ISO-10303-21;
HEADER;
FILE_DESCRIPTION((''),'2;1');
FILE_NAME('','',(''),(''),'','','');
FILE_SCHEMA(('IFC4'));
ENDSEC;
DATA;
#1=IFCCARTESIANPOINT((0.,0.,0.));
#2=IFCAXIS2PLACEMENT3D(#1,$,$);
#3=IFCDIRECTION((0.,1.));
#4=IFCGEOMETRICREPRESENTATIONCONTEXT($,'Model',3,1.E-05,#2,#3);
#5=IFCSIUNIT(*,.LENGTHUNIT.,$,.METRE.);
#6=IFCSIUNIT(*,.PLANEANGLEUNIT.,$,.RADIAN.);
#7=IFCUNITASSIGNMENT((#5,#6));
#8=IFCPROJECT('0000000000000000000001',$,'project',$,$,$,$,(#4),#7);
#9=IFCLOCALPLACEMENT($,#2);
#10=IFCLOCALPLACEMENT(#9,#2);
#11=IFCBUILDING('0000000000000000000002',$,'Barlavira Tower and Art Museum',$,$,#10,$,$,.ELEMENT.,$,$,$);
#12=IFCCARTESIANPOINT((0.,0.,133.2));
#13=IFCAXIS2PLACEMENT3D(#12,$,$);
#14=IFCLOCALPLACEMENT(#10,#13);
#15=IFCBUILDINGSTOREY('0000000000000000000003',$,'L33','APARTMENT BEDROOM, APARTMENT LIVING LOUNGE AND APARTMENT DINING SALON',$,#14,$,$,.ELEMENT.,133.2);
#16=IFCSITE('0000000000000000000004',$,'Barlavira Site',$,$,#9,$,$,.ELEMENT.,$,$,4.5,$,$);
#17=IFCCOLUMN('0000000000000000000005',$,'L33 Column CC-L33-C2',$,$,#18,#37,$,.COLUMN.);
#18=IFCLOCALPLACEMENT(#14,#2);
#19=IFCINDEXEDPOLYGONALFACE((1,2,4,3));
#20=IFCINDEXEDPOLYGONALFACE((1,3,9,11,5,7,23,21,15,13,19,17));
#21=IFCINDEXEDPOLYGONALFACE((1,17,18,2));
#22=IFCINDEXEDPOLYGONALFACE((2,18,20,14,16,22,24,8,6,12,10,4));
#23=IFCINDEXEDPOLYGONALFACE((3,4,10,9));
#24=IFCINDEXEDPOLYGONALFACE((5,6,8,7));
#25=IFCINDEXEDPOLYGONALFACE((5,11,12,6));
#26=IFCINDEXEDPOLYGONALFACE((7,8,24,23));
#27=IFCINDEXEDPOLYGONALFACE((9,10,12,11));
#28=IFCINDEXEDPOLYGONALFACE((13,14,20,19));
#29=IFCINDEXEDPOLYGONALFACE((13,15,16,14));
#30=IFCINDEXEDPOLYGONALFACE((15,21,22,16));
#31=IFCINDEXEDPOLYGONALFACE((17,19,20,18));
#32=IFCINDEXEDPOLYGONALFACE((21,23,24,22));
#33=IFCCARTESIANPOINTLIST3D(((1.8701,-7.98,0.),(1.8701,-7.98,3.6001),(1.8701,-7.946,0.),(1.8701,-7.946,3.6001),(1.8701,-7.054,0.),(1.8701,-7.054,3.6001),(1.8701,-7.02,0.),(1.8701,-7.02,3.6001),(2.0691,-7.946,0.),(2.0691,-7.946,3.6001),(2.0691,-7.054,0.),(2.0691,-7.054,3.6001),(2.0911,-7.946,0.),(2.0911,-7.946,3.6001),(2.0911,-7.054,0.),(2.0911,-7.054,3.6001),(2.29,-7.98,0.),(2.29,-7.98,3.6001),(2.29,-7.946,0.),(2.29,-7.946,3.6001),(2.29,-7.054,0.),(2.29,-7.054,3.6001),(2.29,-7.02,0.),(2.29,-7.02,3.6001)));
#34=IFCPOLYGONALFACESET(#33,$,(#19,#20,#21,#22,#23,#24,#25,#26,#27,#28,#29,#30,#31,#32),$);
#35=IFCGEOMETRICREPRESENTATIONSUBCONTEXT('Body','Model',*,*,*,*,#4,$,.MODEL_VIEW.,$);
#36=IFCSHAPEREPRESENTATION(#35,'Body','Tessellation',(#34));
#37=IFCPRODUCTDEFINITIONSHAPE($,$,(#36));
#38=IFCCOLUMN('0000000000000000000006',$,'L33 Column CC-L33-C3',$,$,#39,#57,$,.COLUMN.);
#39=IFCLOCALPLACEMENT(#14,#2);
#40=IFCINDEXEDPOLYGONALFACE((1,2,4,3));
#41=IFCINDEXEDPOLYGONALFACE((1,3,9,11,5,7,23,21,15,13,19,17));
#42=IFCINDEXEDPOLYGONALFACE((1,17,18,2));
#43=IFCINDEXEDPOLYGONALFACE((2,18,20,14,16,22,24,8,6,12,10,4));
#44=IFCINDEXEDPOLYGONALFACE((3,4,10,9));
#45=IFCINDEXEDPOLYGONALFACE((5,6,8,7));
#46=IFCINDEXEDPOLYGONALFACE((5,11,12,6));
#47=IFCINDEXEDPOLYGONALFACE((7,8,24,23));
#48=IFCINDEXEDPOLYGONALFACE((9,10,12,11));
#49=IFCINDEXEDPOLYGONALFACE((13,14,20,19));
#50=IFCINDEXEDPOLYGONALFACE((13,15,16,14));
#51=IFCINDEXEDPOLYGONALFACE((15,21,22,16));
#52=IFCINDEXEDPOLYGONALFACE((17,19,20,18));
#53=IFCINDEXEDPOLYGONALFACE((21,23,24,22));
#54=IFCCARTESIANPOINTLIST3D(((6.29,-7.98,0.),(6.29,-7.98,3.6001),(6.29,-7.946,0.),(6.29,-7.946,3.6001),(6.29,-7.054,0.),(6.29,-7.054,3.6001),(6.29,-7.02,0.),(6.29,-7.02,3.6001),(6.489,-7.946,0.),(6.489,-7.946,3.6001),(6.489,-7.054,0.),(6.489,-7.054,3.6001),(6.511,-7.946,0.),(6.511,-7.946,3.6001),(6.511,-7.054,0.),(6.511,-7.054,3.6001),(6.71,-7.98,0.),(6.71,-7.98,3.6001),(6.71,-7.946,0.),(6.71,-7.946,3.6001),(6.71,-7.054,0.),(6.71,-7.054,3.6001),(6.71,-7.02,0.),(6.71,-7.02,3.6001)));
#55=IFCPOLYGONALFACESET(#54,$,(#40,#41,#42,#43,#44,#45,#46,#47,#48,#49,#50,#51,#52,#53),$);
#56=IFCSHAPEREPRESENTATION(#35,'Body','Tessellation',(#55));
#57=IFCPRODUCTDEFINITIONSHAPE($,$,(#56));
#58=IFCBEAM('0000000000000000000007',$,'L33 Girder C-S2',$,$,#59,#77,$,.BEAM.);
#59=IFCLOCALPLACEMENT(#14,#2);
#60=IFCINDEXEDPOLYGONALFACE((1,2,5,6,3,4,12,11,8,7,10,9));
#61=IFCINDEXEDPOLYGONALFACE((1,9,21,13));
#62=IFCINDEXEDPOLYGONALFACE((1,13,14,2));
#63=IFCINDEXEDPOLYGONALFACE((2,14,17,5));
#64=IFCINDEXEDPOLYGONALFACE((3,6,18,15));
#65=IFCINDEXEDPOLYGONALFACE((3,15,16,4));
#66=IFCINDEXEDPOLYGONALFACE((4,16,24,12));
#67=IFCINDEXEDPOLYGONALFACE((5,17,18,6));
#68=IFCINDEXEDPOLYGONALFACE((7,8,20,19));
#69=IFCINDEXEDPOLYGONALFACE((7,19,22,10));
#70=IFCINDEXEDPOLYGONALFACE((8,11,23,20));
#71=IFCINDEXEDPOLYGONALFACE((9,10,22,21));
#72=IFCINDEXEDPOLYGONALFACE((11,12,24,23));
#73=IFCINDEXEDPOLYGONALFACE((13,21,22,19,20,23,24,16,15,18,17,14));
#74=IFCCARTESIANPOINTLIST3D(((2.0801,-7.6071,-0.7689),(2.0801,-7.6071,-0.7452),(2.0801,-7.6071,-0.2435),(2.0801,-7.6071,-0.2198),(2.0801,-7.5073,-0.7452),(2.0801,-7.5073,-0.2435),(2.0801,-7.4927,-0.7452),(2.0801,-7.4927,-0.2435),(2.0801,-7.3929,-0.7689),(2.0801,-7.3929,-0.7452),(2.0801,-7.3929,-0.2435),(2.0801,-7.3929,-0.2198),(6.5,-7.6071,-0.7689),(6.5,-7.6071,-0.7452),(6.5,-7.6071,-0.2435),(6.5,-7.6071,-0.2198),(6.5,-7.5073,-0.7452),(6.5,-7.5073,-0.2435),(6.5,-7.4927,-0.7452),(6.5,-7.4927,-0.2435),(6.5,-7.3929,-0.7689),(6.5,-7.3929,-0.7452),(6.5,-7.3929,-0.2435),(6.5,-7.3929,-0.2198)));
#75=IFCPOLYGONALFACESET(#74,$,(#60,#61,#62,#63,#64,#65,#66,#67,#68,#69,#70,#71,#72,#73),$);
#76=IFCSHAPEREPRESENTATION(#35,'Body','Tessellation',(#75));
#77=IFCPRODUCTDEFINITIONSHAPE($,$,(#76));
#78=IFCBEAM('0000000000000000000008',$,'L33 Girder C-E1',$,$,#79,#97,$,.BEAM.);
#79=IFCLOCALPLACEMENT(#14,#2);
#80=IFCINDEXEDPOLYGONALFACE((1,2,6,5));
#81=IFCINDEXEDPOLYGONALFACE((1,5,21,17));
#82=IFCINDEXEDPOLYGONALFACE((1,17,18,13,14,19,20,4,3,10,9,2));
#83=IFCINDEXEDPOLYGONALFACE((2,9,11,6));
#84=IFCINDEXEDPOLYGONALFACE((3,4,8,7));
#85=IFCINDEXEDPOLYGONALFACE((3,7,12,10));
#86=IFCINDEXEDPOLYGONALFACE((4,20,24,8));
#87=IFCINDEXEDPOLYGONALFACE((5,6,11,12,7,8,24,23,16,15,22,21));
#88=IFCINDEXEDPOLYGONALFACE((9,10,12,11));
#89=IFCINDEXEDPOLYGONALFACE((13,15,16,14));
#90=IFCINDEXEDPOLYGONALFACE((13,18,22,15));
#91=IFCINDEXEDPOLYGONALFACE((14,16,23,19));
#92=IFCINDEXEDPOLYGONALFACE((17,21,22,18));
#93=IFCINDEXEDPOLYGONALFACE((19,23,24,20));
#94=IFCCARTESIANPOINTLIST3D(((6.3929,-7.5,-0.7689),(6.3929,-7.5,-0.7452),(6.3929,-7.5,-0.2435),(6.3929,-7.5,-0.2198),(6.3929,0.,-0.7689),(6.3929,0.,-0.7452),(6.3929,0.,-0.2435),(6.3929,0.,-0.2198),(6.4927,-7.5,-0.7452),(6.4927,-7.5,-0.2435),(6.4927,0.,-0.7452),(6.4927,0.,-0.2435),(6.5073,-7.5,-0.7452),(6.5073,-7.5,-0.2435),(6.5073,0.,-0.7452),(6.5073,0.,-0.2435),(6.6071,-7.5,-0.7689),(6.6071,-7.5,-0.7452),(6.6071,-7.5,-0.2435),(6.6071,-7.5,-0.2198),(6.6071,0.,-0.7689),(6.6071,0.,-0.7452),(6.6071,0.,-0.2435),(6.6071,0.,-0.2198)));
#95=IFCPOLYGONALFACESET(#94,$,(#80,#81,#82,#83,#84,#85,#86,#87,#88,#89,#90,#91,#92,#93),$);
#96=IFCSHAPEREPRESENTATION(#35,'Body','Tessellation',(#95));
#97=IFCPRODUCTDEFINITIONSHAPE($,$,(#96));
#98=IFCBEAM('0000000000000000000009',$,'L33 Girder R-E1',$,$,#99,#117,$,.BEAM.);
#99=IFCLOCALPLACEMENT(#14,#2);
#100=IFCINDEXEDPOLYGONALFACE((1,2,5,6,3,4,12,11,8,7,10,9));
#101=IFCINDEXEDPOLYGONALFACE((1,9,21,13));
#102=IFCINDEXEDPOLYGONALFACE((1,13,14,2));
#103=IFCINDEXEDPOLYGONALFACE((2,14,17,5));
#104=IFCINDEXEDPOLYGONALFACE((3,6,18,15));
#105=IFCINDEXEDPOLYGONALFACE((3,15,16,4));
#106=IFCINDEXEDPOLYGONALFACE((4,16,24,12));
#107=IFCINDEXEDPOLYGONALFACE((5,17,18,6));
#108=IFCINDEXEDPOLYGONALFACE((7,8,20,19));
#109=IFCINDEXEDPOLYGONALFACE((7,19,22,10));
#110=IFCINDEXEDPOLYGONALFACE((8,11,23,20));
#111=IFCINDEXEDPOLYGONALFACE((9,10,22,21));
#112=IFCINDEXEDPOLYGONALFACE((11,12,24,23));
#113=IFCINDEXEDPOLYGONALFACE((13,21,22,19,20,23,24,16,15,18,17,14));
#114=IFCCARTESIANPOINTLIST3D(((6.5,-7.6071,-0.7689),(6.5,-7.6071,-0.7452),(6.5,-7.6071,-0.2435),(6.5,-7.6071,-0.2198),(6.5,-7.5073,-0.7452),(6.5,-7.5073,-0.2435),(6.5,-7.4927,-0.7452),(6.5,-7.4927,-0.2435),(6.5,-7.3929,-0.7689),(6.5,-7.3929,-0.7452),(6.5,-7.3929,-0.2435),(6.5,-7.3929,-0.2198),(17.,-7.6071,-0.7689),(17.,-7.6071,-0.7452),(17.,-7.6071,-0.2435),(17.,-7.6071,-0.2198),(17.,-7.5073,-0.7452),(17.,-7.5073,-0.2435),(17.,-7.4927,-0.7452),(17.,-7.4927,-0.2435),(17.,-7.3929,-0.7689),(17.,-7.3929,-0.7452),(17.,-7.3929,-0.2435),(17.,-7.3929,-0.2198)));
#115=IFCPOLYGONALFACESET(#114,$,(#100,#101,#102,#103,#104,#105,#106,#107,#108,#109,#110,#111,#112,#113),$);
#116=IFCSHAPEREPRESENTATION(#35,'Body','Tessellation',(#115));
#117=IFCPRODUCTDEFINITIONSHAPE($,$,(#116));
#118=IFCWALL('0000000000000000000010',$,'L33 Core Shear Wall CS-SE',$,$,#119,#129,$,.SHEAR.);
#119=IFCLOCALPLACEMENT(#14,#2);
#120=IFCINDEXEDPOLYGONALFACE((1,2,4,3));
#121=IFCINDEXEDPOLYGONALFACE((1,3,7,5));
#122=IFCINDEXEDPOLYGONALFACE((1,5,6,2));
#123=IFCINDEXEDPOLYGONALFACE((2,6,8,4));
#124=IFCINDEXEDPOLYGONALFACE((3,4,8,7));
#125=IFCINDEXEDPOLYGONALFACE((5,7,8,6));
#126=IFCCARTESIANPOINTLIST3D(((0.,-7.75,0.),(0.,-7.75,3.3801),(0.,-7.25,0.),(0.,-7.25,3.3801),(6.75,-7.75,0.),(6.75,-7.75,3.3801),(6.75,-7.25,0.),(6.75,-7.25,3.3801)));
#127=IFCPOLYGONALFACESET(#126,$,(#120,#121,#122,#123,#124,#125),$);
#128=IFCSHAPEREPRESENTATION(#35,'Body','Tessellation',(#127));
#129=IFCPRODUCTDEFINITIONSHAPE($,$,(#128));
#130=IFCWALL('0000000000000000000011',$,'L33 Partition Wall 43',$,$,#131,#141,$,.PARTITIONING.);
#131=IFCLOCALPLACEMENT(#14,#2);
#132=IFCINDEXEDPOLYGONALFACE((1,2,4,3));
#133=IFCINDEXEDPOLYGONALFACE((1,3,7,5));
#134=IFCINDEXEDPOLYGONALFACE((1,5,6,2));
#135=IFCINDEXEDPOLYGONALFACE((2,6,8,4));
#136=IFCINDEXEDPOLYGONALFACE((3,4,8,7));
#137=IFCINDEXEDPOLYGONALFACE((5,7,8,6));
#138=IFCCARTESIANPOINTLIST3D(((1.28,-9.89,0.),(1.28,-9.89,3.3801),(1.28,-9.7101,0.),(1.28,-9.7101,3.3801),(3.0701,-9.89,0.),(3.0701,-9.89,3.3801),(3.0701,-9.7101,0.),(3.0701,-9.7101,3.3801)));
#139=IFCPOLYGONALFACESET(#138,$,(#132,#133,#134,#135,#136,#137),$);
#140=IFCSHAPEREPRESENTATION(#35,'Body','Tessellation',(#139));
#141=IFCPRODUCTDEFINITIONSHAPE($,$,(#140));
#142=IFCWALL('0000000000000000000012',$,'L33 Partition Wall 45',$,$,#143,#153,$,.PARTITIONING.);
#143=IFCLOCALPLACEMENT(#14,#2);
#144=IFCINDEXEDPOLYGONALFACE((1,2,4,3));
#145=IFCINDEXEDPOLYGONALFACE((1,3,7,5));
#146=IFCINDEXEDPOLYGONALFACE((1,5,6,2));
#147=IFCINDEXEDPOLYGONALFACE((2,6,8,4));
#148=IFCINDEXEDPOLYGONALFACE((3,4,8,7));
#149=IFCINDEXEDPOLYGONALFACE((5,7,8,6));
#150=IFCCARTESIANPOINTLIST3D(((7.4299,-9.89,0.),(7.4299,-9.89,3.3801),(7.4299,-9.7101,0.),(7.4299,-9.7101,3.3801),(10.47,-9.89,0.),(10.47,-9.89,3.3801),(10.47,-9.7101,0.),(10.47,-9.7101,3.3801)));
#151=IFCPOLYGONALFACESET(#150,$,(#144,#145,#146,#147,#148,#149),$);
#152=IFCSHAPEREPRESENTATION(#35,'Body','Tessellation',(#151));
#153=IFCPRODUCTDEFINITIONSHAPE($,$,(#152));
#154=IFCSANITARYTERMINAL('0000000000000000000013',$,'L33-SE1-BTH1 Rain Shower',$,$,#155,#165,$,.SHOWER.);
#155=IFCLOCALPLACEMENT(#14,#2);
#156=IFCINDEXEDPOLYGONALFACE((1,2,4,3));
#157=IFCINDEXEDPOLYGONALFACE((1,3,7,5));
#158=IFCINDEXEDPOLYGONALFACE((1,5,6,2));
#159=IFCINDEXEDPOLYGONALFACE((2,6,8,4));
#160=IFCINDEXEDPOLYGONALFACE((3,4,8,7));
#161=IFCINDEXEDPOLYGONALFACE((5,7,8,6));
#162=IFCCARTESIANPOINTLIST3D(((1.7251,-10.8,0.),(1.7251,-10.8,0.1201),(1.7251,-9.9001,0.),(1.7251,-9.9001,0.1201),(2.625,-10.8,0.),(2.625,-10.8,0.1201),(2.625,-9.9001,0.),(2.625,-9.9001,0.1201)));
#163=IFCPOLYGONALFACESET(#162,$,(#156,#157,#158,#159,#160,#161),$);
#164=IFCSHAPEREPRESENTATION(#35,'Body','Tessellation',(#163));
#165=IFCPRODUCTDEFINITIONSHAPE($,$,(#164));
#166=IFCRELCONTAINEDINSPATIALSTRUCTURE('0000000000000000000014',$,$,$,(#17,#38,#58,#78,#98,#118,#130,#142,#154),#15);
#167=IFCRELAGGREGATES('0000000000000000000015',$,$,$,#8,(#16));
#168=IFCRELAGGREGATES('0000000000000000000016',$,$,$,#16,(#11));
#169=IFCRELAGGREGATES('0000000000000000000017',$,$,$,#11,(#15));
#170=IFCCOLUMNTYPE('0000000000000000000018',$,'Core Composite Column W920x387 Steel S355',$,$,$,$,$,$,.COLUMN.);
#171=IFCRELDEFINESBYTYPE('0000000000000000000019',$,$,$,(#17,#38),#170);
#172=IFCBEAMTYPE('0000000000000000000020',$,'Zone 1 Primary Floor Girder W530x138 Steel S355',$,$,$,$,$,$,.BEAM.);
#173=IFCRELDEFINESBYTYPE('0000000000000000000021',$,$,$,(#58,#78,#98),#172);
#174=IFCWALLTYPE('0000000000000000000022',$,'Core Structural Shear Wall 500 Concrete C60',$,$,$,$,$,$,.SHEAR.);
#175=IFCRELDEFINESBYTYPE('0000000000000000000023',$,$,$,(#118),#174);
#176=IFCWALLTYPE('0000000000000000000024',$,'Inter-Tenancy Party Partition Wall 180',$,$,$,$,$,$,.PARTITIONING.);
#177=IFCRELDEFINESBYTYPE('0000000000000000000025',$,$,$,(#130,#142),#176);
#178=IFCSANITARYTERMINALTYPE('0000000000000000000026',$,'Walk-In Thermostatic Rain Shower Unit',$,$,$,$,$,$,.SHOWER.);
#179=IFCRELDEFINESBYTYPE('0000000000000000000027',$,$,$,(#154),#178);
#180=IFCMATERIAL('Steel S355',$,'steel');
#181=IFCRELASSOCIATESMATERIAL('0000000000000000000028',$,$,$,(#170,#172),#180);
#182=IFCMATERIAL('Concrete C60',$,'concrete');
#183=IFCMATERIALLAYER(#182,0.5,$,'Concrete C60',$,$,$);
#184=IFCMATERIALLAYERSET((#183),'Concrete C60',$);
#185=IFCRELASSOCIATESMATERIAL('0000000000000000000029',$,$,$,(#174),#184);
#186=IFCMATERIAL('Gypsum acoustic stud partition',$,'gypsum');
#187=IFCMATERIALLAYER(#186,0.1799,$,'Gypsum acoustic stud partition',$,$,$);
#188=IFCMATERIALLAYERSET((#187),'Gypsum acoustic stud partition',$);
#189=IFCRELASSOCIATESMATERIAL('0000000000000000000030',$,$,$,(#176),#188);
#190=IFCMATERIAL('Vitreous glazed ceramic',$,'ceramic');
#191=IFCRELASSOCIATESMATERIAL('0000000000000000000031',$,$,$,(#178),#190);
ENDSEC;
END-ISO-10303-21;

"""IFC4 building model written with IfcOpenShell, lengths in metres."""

from ifc_helpers import new_model, si_unit, direction, frame, frame_2d, origin, origin_2d, place, context, subcontext, project, spatial, rectangle, i_section, extrude, material, layer, layer_set, material_profile, profile_set, type_object, element, save


model = new_model("IFC4")

# Units and contexts
model_context = context("Model", 3, precision=1e-05, world=origin(), true_north=direction((0.0, 1.0)))
body_context = subcontext(model_context, "Body", "Model", "MODEL_VIEW")
ifc_project = project(units=[si_unit("LENGTHUNIT", "METRE"), si_unit("PLANEANGLEUNIT", "RADIAN")], contexts=[model_context])

# Site, building, storey
site_placement = place(None, origin())
site = spatial("IfcSite", under=ifc_project, at=site_placement, Name="Barlavira Site", CompositionType="ELEMENT", RefElevation=4.5)
building_placement = place(site_placement, origin())
building = spatial("IfcBuilding", under=site, at=building_placement, Name="Barlavira Tower and Art Museum", CompositionType="ELEMENT")
storey_placement = place(building_placement, frame((0.0, 0.0, 133.2)))
storey = spatial("IfcBuildingStorey", under=building, at=storey_placement, Name="L33", Description="APARTMENT BEDROOM, APARTMENT LIVING LOUNGE AND APARTMENT DINING SALON", CompositionType="ELEMENT", Elevation=133.2)

# Columns
ifc_material_1 = material(Name="Steel S355", Category="steel")
ifc_material_profile_1 = material_profile(ifc_material_1, i_section(OverallWidth=0.4199, OverallDepth=0.96, WebThickness=0.022, FlangeThickness=0.0339, at=origin_2d()), Name="W920x387.0")
ifc_profile_set_1 = profile_set([ifc_material_profile_1], Name="Steel S355")
column_type = type_object("IfcColumnType", Name="Core Composite Column W920x387 Steel S355", PredefinedType="COLUMN", material=ifc_profile_set_1)
for number, where, z_axis, x_axis, name in (
    (1, (2.0801, -7.5, 0.0), (0.0, 0.0, 1.0), (1.0, 0.0, 0.0), "L33 Column CC-L33-C2"),
    (2, (6.5, -7.5, 0.0), (0.0, 0.0, 1.0), (1.0, 0.0, 0.0), "L33 Column CC-L33-C3"),
):
    element("IfcColumn", number, at=place(storey_placement, frame(where, z_axis=z_axis, x_axis=x_axis)), inside=storey, type_object=column_type, Name=name, PredefinedType="COLUMN", context=body_context, shape_type="SweptSolid", body=[
        extrude(i_section(OverallWidth=0.4199, OverallDepth=0.96, WebThickness=0.022, FlangeThickness=0.0339, at=origin_2d()), origin(), (0.0, 0.0, 1.0), 3.6001),
    ])

# Beams
ifc_material_profile_2 = material_profile(ifc_material_1, i_section(OverallWidth=0.2141, OverallDepth=0.5491, WebThickness=0.0146, FlangeThickness=0.0237, at=origin_2d()), Name="W530x138.0")
ifc_profile_set_2 = profile_set([ifc_material_profile_2], Name="Steel S355")
beam_type = type_object("IfcBeamType", Name="Zone 1 Primary Floor Girder W530x138 Steel S355", PredefinedType="BEAM", material=ifc_profile_set_2)
beam_1_placement = place(storey_placement, frame((2.0801, -7.5, -0.4944), z_axis=(1.0, 0.0, 0.0), x_axis=(0.0, 1.0, 0.0)))
element("IfcBeam", 3, at=beam_1_placement, inside=storey, type_object=beam_type, Name="L33 Girder C-S2", PredefinedType="BEAM", context=body_context, shape_type="SweptSolid", body=[
    extrude(i_section(OverallWidth=0.2141, OverallDepth=0.5491, WebThickness=0.0146, FlangeThickness=0.0237, at=origin_2d()), origin(), (0.0, 0.0, 1.0), 4.4199),
])
beam_2_placement = place(storey_placement, frame((6.5, -7.5, -0.4944), z_axis=(0.0, 1.0, 0.0), x_axis=(-1.0, 0.0, 0.0)))
element("IfcBeam", 4, at=beam_2_placement, inside=storey, type_object=beam_type, Name="L33 Girder C-E1", PredefinedType="BEAM", context=body_context, shape_type="SweptSolid", body=[
    extrude(i_section(OverallWidth=0.2141, OverallDepth=0.5491, WebThickness=0.0146, FlangeThickness=0.0237, at=origin_2d()), origin(), (0.0, 0.0, 1.0), 7.5),
])
beam_3_placement = place(storey_placement, frame((6.5, -7.5, -0.4944), z_axis=(1.0, 0.0, 0.0), x_axis=(0.0, 1.0, 0.0)))
element("IfcBeam", 5, at=beam_3_placement, inside=storey, type_object=beam_type, Name="L33 Girder R-E1", PredefinedType="BEAM", context=body_context, shape_type="SweptSolid", body=[
    extrude(i_section(OverallWidth=0.2141, OverallDepth=0.5491, WebThickness=0.0146, FlangeThickness=0.0237, at=origin_2d()), origin(), (0.0, 0.0, 1.0), 10.5),
])

# Wall
ifc_material_2 = material(Name="Concrete C60", Category="concrete")
ifc_layer_1 = layer(ifc_material_2, 0.5, Name="Concrete C60")
ifc_layer_set_1 = layer_set([ifc_layer_1], Name="Concrete C60")
wall_type_1 = type_object("IfcWallType", Name="Core Structural Shear Wall 500 Concrete C60", PredefinedType="SHEAR", material=ifc_layer_set_1)
wall_1_placement = place(storey_placement, frame((0.0, -7.5, 0.0), z_axis=(0.0, 0.0, 1.0), x_axis=(1.0, 0.0, 0.0)))
element("IfcWall", 6, at=wall_1_placement, inside=storey, type_object=wall_type_1, Name="L33 Core Shear Wall CS-SE", PredefinedType="SHEAR", context=body_context, shape_type="SweptSolid", body=[
    extrude(rectangle(XDim=6.75, YDim=0.5, at=frame_2d((3.375, 0.0))), origin(), (0.0, 0.0, 1.0), 3.3801),
])

# Wall
ifc_material_3 = material(Name="Gypsum acoustic stud partition", Category="gypsum")
ifc_layer_2 = layer(ifc_material_3, 0.1799, Name="Gypsum acoustic stud partition")
ifc_layer_set_2 = layer_set([ifc_layer_2], Name="Gypsum acoustic stud partition")
wall_type_2 = type_object("IfcWallType", Name="Inter-Tenancy Party Partition Wall 180", PredefinedType="PARTITIONING", material=ifc_layer_set_2)
wall_2_placement = place(storey_placement, frame((1.28, -9.8, 0.0), z_axis=(0.0, 0.0, 1.0), x_axis=(1.0, 0.0, 0.0)))
element("IfcWall", 7, at=wall_2_placement, inside=storey, type_object=wall_type_2, Name="L33 Partition Wall 43", PredefinedType="PARTITIONING", context=body_context, shape_type="SweptSolid", body=[
    extrude(rectangle(XDim=1.79, YDim=0.1799, at=frame_2d((0.895, 0.0))), origin(), (0.0, 0.0, 1.0), 3.3801),
])

# Wall
wall_3_placement = place(storey_placement, frame((7.4299, -9.8, 0.0), z_axis=(0.0, 0.0, 1.0), x_axis=(1.0, 0.0, 0.0)))
element("IfcWall", 8, at=wall_3_placement, inside=storey, type_object=wall_type_2, Name="L33 Partition Wall 45", PredefinedType="PARTITIONING", context=body_context, shape_type="SweptSolid", body=[
    extrude(rectangle(XDim=3.04, YDim=0.1799, at=frame_2d((1.52, 0.0))), origin(), (0.0, 0.0, 1.0), 3.3801),
])

# Sanitary terminal
ifc_material_4 = material(Name="Vitreous glazed ceramic", Category="ceramic")
sanitary_terminal_type = type_object("IfcSanitaryTerminalType", Name="Walk-In Thermostatic Rain Shower Unit", PredefinedType="SHOWER", material=ifc_material_4)
sanitary_terminal_placement = place(storey_placement, frame((2.175, -10.3501, 0.0), z_axis=(0.0, 0.0, 1.0), x_axis=(1.0, 0.0, 0.0)))
element("IfcSanitaryTerminal", 9, at=sanitary_terminal_placement, inside=storey, type_object=sanitary_terminal_type, Name="L33-SE1-BTH1 Rain Shower", PredefinedType="SHOWER", context=body_context, shape_type="SweptSolid", body=[
    extrude(rectangle(XDim=0.8999, YDim=0.8999, at=origin_2d()), origin(), (0.0, 0.0, 1.0), 0.1201),
])

save(model, "model.ifc")
